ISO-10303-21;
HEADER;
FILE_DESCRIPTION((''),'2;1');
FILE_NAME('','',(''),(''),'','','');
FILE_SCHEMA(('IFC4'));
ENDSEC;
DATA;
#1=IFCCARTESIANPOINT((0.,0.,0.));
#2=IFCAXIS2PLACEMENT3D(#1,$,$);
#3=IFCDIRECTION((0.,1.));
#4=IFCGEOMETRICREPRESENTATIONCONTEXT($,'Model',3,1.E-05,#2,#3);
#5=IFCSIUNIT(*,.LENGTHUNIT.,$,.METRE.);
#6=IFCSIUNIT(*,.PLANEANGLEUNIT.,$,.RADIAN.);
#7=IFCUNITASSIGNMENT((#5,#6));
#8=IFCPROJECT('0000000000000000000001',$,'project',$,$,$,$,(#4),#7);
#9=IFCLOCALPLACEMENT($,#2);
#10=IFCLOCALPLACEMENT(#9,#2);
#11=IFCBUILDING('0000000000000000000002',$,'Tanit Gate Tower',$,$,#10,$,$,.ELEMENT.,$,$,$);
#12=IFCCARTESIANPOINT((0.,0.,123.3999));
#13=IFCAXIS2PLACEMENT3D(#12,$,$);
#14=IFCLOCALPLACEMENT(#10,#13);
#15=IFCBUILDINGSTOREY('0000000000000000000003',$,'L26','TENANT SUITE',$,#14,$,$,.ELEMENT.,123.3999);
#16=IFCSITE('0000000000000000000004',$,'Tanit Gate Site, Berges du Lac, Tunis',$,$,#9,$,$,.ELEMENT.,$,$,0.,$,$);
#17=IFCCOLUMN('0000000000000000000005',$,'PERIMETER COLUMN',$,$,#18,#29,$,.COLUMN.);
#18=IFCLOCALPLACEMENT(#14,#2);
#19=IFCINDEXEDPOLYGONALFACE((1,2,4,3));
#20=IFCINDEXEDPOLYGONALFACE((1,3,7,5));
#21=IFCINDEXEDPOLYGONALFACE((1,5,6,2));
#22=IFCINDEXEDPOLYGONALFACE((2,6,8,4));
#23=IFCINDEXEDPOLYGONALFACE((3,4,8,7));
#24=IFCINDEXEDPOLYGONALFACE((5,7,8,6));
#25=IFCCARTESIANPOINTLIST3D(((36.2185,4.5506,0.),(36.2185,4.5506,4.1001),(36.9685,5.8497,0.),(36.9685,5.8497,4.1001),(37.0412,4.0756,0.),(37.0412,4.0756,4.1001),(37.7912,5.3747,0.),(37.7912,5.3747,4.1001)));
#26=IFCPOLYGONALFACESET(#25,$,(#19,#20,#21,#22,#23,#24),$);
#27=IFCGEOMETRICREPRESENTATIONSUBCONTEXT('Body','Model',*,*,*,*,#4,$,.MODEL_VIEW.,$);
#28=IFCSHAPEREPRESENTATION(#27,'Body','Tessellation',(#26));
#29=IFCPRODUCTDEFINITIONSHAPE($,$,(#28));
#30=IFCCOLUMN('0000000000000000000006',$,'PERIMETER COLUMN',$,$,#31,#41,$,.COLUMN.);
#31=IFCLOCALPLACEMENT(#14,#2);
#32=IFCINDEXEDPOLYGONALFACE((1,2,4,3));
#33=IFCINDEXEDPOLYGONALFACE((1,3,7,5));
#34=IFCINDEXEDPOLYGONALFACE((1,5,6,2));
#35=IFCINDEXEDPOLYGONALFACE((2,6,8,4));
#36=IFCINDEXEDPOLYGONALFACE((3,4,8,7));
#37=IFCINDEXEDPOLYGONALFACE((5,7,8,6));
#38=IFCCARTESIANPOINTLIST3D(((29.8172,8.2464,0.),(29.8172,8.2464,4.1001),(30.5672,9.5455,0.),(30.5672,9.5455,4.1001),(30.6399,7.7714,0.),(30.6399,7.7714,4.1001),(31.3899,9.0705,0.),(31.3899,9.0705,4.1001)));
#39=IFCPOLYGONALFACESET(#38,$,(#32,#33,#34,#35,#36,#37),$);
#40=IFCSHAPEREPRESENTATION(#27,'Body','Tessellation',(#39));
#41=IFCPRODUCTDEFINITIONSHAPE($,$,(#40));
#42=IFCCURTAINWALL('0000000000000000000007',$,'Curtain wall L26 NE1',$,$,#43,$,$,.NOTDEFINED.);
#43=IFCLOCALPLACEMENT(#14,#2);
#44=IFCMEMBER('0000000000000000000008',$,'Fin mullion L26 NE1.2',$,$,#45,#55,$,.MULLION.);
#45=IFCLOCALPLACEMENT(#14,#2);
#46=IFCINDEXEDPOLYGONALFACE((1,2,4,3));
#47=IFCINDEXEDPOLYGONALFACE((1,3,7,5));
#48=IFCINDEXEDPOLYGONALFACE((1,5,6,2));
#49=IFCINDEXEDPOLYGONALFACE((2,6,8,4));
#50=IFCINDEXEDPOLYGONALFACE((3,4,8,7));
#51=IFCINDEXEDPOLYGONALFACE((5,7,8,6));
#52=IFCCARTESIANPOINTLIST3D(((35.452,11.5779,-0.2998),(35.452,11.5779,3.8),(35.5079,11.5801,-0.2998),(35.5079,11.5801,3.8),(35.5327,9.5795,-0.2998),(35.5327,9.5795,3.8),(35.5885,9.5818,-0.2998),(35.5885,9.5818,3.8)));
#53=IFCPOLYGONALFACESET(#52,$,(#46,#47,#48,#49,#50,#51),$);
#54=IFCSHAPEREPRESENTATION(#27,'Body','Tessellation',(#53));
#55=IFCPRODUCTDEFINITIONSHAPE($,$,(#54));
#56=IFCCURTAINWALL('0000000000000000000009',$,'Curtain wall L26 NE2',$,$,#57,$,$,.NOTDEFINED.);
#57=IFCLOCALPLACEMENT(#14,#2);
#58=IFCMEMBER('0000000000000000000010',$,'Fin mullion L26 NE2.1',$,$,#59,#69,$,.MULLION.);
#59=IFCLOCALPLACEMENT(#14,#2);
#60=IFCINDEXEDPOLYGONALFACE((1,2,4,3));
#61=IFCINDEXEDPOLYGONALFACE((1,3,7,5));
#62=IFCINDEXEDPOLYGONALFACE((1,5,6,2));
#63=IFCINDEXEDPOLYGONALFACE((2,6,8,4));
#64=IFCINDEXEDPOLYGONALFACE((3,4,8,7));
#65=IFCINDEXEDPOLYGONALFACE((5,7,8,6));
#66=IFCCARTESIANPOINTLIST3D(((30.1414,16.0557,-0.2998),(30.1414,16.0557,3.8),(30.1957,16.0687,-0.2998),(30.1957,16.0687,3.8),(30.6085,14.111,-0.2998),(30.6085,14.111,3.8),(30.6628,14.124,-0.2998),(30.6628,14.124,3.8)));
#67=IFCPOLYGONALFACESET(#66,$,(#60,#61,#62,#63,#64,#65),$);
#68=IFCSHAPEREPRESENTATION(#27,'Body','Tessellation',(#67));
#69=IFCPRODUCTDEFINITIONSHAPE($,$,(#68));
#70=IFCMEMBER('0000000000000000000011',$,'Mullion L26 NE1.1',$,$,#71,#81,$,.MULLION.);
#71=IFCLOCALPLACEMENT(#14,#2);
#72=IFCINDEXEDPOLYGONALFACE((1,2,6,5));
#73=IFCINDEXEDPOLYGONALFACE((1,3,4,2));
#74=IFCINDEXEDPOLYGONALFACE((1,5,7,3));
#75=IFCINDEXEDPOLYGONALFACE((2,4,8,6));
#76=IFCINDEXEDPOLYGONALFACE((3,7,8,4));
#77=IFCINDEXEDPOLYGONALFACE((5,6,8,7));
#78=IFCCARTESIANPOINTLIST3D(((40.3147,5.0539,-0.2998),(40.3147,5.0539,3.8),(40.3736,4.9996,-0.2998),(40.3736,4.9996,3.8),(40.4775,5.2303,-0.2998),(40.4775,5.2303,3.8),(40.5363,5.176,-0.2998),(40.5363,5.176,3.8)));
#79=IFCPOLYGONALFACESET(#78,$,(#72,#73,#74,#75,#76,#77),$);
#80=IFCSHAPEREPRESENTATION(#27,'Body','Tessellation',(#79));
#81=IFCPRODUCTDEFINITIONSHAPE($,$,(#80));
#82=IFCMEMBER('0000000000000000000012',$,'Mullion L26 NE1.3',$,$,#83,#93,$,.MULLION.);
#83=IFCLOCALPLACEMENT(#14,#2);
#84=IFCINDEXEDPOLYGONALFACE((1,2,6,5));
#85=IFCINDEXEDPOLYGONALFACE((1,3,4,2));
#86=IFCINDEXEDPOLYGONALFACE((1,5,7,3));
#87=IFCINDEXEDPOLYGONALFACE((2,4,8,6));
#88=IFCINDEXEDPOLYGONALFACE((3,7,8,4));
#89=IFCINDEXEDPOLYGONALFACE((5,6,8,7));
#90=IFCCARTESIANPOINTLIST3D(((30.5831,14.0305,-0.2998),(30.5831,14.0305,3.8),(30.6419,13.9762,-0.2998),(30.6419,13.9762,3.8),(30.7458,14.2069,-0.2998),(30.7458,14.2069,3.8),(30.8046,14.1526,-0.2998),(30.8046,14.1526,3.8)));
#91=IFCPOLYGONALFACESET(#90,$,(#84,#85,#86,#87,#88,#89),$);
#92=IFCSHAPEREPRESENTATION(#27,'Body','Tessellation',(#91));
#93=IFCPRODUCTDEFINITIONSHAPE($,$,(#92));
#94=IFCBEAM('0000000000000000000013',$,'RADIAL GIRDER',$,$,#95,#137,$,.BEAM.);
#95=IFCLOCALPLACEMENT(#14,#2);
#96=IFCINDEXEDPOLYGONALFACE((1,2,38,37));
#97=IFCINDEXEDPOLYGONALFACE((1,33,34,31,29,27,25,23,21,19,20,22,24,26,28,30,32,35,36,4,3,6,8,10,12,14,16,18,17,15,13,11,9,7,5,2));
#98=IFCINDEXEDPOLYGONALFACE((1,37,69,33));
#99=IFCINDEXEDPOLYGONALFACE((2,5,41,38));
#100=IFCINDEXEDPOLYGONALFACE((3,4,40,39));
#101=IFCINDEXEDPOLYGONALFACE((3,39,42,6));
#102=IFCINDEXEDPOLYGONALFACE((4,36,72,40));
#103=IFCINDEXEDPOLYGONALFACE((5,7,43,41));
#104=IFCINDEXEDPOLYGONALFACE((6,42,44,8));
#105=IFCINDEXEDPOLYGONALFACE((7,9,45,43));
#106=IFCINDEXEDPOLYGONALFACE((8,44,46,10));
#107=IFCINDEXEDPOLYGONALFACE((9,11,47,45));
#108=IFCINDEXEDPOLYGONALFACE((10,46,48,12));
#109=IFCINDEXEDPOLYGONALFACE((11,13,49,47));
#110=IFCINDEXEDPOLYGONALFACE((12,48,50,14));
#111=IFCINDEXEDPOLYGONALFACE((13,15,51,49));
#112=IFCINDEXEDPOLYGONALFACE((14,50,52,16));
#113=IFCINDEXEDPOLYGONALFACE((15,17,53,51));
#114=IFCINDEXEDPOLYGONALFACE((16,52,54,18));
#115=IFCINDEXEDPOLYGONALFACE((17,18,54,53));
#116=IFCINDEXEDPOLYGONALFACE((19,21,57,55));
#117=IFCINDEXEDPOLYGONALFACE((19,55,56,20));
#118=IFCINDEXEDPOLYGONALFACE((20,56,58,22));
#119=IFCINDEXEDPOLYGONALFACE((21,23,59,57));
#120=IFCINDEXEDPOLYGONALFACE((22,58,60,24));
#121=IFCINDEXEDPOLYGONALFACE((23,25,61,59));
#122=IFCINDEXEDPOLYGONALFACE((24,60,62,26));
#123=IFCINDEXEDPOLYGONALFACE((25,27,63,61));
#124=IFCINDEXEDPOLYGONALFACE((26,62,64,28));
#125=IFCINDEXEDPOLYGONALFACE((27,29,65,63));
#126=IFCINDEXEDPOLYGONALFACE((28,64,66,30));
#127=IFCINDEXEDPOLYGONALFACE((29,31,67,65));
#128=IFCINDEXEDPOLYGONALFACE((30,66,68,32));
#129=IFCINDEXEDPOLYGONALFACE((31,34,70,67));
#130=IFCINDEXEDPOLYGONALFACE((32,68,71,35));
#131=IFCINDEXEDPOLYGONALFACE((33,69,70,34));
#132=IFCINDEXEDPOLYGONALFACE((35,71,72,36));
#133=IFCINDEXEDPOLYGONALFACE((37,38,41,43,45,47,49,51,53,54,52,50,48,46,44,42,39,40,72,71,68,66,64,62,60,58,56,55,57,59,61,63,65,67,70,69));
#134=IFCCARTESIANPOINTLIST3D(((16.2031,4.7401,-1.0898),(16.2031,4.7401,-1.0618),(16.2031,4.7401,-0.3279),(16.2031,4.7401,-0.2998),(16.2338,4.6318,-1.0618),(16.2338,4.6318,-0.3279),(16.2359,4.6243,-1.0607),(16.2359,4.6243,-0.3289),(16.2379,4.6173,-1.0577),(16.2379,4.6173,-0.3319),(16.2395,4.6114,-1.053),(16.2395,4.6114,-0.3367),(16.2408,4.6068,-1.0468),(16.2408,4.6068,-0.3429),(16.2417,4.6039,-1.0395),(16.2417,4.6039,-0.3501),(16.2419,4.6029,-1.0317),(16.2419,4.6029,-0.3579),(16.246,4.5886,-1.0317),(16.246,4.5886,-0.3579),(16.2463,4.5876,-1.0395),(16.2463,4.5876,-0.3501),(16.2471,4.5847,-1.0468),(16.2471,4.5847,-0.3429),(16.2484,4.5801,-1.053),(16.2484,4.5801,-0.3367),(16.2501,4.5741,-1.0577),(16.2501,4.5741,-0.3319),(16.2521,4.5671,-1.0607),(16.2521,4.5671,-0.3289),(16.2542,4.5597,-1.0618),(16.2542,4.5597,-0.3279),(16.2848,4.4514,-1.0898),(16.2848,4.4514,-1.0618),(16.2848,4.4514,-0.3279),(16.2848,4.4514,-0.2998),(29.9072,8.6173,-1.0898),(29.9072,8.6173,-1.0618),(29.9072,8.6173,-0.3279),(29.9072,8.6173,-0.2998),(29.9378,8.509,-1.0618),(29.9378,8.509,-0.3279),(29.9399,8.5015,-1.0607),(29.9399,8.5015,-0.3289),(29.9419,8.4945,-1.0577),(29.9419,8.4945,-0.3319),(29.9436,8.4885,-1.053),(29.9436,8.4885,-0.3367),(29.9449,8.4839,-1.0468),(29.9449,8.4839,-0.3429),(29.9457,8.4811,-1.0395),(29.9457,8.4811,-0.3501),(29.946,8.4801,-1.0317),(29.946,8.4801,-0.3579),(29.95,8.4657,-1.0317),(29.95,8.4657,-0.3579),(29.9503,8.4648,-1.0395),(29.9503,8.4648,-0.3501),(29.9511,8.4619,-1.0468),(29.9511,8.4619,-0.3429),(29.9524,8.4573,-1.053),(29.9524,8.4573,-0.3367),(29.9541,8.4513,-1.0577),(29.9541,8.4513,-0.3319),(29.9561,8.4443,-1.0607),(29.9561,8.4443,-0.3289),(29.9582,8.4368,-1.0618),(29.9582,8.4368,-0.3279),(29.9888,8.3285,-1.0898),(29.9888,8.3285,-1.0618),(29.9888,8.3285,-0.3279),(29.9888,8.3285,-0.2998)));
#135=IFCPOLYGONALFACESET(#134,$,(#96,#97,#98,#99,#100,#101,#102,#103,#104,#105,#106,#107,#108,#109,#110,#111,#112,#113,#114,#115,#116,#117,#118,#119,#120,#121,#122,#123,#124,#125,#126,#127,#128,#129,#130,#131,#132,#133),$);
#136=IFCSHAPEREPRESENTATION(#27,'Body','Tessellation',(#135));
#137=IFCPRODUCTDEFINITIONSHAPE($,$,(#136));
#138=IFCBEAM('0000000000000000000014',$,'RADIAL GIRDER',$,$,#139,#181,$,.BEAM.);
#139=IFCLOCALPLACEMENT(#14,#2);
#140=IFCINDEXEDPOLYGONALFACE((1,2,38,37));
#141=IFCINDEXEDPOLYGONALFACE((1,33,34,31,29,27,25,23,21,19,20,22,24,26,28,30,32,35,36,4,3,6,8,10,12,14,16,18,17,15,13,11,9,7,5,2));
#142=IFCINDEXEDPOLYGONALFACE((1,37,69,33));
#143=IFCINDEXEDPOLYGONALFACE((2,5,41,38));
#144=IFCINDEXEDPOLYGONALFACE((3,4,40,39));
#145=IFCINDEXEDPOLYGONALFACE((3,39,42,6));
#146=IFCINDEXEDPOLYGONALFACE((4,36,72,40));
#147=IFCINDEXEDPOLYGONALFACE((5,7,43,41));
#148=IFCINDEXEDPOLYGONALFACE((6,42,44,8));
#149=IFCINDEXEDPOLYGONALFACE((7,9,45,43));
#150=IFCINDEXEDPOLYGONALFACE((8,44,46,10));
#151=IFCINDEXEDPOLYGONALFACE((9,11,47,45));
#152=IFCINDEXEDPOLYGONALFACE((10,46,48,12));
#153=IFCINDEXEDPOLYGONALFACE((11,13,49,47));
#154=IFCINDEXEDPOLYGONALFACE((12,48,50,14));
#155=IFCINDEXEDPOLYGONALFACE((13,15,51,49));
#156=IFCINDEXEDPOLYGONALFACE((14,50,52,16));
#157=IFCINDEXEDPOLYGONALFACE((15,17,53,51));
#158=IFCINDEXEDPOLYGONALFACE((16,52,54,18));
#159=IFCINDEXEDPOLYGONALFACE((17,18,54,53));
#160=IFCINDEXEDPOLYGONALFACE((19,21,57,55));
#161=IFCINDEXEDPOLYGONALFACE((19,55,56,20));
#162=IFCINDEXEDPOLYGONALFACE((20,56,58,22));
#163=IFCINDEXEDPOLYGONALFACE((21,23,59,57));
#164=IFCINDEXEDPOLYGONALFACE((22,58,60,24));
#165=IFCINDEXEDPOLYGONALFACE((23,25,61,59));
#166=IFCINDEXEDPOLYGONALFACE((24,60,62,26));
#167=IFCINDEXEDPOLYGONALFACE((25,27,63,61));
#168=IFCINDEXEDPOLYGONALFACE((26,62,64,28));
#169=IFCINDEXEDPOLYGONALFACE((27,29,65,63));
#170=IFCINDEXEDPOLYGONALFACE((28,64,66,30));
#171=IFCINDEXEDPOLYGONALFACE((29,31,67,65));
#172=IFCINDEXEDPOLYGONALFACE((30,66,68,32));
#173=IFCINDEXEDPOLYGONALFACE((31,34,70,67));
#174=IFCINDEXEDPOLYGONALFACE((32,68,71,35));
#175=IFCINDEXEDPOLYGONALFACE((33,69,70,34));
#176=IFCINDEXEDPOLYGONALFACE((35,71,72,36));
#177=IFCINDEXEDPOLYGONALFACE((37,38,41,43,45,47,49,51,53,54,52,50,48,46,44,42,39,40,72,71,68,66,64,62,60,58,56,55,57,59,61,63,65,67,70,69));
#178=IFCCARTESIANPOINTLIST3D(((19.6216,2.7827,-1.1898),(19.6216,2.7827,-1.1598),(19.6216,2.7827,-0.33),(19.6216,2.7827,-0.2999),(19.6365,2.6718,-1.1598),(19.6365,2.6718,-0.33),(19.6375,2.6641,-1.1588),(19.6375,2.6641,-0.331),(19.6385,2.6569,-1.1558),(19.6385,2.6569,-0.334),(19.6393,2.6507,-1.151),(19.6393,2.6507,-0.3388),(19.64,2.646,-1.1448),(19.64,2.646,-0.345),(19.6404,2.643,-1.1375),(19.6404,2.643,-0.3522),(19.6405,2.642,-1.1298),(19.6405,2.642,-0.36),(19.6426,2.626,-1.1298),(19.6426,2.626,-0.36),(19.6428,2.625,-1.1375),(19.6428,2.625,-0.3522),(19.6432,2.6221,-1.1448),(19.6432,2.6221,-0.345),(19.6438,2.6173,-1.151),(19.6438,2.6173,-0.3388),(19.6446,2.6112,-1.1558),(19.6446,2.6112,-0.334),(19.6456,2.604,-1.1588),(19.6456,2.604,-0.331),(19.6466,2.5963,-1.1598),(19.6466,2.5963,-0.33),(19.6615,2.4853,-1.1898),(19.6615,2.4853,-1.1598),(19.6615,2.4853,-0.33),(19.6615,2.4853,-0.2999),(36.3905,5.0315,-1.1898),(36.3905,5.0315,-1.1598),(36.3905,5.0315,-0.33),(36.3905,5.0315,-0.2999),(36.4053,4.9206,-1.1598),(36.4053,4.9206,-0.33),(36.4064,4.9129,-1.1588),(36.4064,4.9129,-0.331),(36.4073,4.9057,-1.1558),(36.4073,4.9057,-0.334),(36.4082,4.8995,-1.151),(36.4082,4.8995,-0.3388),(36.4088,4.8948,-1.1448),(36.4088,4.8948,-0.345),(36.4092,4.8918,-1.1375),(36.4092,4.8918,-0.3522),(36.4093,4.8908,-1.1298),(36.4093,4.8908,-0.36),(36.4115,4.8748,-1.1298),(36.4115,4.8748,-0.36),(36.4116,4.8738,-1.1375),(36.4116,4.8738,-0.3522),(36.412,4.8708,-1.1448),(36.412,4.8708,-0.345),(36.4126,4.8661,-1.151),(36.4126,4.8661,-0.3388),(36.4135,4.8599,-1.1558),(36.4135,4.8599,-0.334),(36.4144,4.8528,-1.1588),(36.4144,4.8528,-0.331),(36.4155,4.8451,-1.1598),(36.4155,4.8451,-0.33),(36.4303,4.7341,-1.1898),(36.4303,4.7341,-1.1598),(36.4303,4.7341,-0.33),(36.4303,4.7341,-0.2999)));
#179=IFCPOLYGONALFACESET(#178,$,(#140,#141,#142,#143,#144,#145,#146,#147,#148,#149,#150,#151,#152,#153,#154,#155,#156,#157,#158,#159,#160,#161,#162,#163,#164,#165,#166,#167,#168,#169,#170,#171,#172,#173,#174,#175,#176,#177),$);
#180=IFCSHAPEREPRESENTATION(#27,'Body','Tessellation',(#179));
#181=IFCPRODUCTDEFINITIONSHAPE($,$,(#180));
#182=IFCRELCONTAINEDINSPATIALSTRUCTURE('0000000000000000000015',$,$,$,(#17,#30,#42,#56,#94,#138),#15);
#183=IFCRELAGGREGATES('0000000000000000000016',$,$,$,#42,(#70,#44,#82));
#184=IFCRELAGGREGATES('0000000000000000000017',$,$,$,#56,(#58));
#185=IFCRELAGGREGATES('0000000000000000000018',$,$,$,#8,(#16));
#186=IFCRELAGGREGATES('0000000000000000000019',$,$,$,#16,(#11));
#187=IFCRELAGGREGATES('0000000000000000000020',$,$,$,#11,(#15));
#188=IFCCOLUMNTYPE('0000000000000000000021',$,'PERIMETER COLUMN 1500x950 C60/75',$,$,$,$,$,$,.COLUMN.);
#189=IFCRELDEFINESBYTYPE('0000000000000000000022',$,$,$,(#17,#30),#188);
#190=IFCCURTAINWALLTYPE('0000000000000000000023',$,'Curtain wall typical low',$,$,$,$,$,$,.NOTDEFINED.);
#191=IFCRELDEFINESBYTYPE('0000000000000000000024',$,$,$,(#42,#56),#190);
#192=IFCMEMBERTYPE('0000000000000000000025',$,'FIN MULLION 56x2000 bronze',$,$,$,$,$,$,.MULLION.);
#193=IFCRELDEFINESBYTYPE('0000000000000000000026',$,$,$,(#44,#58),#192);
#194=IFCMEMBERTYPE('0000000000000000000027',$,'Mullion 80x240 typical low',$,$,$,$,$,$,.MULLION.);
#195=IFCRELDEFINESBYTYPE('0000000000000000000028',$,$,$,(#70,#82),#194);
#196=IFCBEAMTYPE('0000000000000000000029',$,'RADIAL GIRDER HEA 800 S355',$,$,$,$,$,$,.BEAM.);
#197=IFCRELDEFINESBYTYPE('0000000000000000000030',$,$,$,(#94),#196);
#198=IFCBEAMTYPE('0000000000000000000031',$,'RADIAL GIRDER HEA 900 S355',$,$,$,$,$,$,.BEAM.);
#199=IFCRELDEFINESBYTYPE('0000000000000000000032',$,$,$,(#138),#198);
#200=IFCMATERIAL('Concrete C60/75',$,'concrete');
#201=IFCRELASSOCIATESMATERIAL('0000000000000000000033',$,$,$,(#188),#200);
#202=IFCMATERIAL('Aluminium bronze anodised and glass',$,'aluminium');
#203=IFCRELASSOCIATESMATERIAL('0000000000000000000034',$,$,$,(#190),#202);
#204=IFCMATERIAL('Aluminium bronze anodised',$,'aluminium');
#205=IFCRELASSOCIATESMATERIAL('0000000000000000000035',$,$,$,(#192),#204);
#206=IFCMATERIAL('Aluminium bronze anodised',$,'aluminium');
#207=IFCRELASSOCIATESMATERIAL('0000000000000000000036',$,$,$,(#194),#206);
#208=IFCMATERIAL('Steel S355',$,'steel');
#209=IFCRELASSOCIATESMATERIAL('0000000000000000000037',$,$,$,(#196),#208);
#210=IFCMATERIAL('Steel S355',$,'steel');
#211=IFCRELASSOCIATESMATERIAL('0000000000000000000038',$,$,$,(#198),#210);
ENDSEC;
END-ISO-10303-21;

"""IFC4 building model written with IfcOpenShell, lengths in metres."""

from ifc_helpers import new_model, si_unit, direction, frame, origin, origin_2d, place, context, subcontext, project, spatial, rectangle, i_section, extrude, material, material_profile, profile_set, type_object, element, aggregate, save


model = new_model("IFC4")

# Units and contexts
model_context = context("Model", 3, precision=1e-05, world=origin(), true_north=direction((0.0, 1.0)))
body_context = subcontext(model_context, "Body", "Model", "MODEL_VIEW")
ifc_project = project(units=[si_unit("LENGTHUNIT", "METRE"), si_unit("PLANEANGLEUNIT", "RADIAN")], contexts=[model_context])

# Site, building, storey
site_placement = place(None, origin())
site = spatial("IfcSite", under=ifc_project, at=site_placement, Name="Tanit Gate Site, Berges du Lac, Tunis", CompositionType="ELEMENT", RefElevation=0.0)
building_placement = place(site_placement, origin())
building = spatial("IfcBuilding", under=site, at=building_placement, Name="Tanit Gate Tower", CompositionType="ELEMENT")
storey_placement = place(building_placement, frame((0.0, 0.0, 123.3999)))
storey = spatial("IfcBuildingStorey", under=building, at=storey_placement, Name="L26", Description="TENANT SUITE", CompositionType="ELEMENT", Elevation=123.3999)

# Columns
ifc_material_1 = material(Name="Concrete C60/75", Category="concrete")
ifc_material_profile_1 = material_profile(ifc_material_1, rectangle(XDim=1.5, YDim=0.95, at=origin_2d()), Name="RC 1500x950")
ifc_profile_set_1 = profile_set([ifc_material_profile_1], Name="Concrete C60/75")
column_type = type_object("IfcColumnType", Name="PERIMETER COLUMN 1500x950 C60/75", PredefinedType="COLUMN", material=ifc_profile_set_1)
for number, where, z_axis, x_axis, name in (
    (1, (37.0049, 4.9626, 0.0), (0.0, 0.0, 1.0), (0.5, 0.866025, 0.0), "PERIMETER COLUMN"),
    (2, (30.6035, 8.6584, 0.0), (0.0, 0.0, 1.0), (0.5, 0.866025, 0.0), "PERIMETER COLUMN"),
):
    element("IfcColumn", number, at=place(storey_placement, frame(where, z_axis=z_axis, x_axis=x_axis)), inside=storey, type_object=column_type, Name=name, PredefinedType="COLUMN", context=body_context, shape_type="SweptSolid", body=[
        extrude(rectangle(XDim=1.5, YDim=0.95, at=origin_2d()), origin(), (0.0, 0.0, 1.0), 4.1001),
    ])

# Curtain walls, members
ifc_material_2 = material(Name="Aluminium bronze anodised and glass", Category="aluminium")
curtain_wall_type = type_object("IfcCurtainWallType", Name="Curtain wall typical low", PredefinedType="NOTDEFINED", material=ifc_material_2)
curtain_wall_1_placement = place(storey_placement, origin())
curtain_wall_1 = element("IfcCurtainWall", 3, at=curtain_wall_1_placement, inside=storey, type_object=curtain_wall_type, Name="Curtain wall L26 NE1", PredefinedType="NOTDEFINED")
ifc_material_3 = material(Name="Aluminium bronze anodised", Category="aluminium")
ifc_material_profile_2 = material_profile(ifc_material_3, rectangle(XDim=2.0, YDim=0.0559, at=origin_2d()), Name="56x2000 bronze fin mullion")
ifc_profile_set_2 = profile_set([ifc_material_profile_2], Name="Aluminium bronze anodised")
member_type_1 = type_object("IfcMemberType", Name="FIN MULLION 56x2000 bronze", PredefinedType="MULLION", material=ifc_profile_set_2)
member_1_placement = place(storey_placement, frame((35.5203, 10.5798, -0.2998), z_axis=(0.0, 0.0, 1.0), x_axis=(0.040326, -0.999187, 0.0)))
member_1 = element("IfcMember", 4, at=member_1_placement, type_object=member_type_1, Name="Fin mullion L26 NE1.2", PredefinedType="MULLION", context=body_context, shape_type="SweptSolid", body=[
    extrude(rectangle(XDim=2.0, YDim=0.0559, at=origin_2d()), origin(), (0.0, 0.0, 1.0), 4.0999),
])
curtain_wall_2_placement = place(storey_placement, origin())
curtain_wall_2 = element("IfcCurtainWall", 5, at=curtain_wall_2_placement, inside=storey, type_object=curtain_wall_type, Name="Curtain wall L26 NE2", PredefinedType="NOTDEFINED")
member_2_placement = place(storey_placement, frame((30.4021, 15.0898, -0.2998), z_axis=(0.0, 0.0, 1.0), x_axis=(0.233557, -0.972343, 0.0)))
member_2 = element("IfcMember", 6, at=member_2_placement, type_object=member_type_1, Name="Fin mullion L26 NE2.1", PredefinedType="MULLION", context=body_context, shape_type="SweptSolid", body=[
    extrude(rectangle(XDim=2.0, YDim=0.0559, at=origin_2d()), origin(), (0.0, 0.0, 1.0), 4.0999),
])

# Members
ifc_material_4 = material(Name="Aluminium bronze anodised", Category="aluminium")
ifc_material_profile_3 = material_profile(ifc_material_4, rectangle(XDim=0.24, YDim=0.0801, at=origin_2d()), Name="80x240 bronze mullion")
ifc_profile_set_3 = profile_set([ifc_material_profile_3], Name="Aluminium bronze anodised")
member_type_2 = type_object("IfcMemberType", Name="Mullion 80x240 typical low", PredefinedType="MULLION", material=ifc_profile_set_3)
member_3_placement = place(storey_placement, frame((40.4255, 5.115, -0.2998), z_axis=(0.0, 0.0, 1.0), x_axis=(-0.678017, -0.735046, 0.0)))
member_3 = element("IfcMember", 7, at=member_3_placement, type_object=member_type_2, Name="Mullion L26 NE1.1", PredefinedType="MULLION", context=body_context, shape_type="SweptSolid", body=[
    extrude(rectangle(XDim=0.24, YDim=0.0801, at=origin_2d()), origin(), (0.0, 0.0, 1.0), 4.0999),
])
member_4_placement = place(storey_placement, frame((30.6938, 14.0916, -0.2998), z_axis=(0.0, 0.0, 1.0), x_axis=(-0.678017, -0.735046, 0.0)))
member_4 = element("IfcMember", 8, at=member_4_placement, type_object=member_type_2, Name="Mullion L26 NE1.3", PredefinedType="MULLION", context=body_context, shape_type="SweptSolid", body=[
    extrude(rectangle(XDim=0.24, YDim=0.0801, at=origin_2d()), origin(), (0.0, 0.0, 1.0), 4.0999),
])

# Beams
ifc_material_5 = material(Name="Steel S355", Category="steel")
ifc_material_profile_4 = material_profile(ifc_material_5, i_section(OverallWidth=0.3, OverallDepth=0.79, WebThickness=0.0149, FlangeThickness=0.0281, FilletRadius=0.03, at=origin_2d()), Name="HEA 800")
ifc_profile_set_4 = profile_set([ifc_material_profile_4], Name="Steel S355")
beam_type_1 = type_object("IfcBeamType", Name="RADIAL GIRDER HEA 800 S355", PredefinedType="BEAM", material=ifc_profile_set_4)
beam_1_placement = place(storey_placement, frame((29.948, 8.4729, -0.6948), z_axis=(-0.96223, -0.272237, 0.0), x_axis=(0.272237, -0.96223, 0.0)))
element("IfcBeam", 9, at=beam_1_placement, inside=storey, type_object=beam_type_1, Name="RADIAL GIRDER", PredefinedType="BEAM", context=body_context, shape_type="SweptSolid", body=[
    extrude(i_section(OverallWidth=0.3, OverallDepth=0.79, WebThickness=0.0149, FlangeThickness=0.0281, FilletRadius=0.03, at=origin_2d()), origin(), (0.0, 0.0, 1.0), 14.2419),
])
ifc_material_6 = material(Name="Steel S355", Category="steel")
ifc_material_profile_5 = material_profile(ifc_material_6, i_section(OverallWidth=0.3, OverallDepth=0.8899, WebThickness=0.0161, FlangeThickness=0.03, FilletRadius=0.03, at=origin_2d()), Name="HEA 900")
ifc_profile_set_5 = profile_set([ifc_material_profile_5], Name="Steel S355")
beam_type_2 = type_object("IfcBeamType", Name="RADIAL GIRDER HEA 900 S355", PredefinedType="BEAM", material=ifc_profile_set_5)
beam_2_placement = place(storey_placement, frame((36.4104, 4.8828, -0.7449), z_axis=(-0.991127, -0.132915, 0.0), x_axis=(0.132915, -0.991127, 0.0)))
element("IfcBeam", 10, at=beam_2_placement, inside=storey, type_object=beam_type_2, Name="RADIAL GIRDER", PredefinedType="BEAM", context=body_context, shape_type="SweptSolid", body=[
    extrude(i_section(OverallWidth=0.3, OverallDepth=0.8899, WebThickness=0.0161, FlangeThickness=0.03, FilletRadius=0.03, at=origin_2d()), origin(), (0.0, 0.0, 1.0), 16.9189),
])

aggregate(curtain_wall_1, [member_3, member_1, member_4])
aggregate(curtain_wall_2, [member_2])

save(model, "model.ifc")
